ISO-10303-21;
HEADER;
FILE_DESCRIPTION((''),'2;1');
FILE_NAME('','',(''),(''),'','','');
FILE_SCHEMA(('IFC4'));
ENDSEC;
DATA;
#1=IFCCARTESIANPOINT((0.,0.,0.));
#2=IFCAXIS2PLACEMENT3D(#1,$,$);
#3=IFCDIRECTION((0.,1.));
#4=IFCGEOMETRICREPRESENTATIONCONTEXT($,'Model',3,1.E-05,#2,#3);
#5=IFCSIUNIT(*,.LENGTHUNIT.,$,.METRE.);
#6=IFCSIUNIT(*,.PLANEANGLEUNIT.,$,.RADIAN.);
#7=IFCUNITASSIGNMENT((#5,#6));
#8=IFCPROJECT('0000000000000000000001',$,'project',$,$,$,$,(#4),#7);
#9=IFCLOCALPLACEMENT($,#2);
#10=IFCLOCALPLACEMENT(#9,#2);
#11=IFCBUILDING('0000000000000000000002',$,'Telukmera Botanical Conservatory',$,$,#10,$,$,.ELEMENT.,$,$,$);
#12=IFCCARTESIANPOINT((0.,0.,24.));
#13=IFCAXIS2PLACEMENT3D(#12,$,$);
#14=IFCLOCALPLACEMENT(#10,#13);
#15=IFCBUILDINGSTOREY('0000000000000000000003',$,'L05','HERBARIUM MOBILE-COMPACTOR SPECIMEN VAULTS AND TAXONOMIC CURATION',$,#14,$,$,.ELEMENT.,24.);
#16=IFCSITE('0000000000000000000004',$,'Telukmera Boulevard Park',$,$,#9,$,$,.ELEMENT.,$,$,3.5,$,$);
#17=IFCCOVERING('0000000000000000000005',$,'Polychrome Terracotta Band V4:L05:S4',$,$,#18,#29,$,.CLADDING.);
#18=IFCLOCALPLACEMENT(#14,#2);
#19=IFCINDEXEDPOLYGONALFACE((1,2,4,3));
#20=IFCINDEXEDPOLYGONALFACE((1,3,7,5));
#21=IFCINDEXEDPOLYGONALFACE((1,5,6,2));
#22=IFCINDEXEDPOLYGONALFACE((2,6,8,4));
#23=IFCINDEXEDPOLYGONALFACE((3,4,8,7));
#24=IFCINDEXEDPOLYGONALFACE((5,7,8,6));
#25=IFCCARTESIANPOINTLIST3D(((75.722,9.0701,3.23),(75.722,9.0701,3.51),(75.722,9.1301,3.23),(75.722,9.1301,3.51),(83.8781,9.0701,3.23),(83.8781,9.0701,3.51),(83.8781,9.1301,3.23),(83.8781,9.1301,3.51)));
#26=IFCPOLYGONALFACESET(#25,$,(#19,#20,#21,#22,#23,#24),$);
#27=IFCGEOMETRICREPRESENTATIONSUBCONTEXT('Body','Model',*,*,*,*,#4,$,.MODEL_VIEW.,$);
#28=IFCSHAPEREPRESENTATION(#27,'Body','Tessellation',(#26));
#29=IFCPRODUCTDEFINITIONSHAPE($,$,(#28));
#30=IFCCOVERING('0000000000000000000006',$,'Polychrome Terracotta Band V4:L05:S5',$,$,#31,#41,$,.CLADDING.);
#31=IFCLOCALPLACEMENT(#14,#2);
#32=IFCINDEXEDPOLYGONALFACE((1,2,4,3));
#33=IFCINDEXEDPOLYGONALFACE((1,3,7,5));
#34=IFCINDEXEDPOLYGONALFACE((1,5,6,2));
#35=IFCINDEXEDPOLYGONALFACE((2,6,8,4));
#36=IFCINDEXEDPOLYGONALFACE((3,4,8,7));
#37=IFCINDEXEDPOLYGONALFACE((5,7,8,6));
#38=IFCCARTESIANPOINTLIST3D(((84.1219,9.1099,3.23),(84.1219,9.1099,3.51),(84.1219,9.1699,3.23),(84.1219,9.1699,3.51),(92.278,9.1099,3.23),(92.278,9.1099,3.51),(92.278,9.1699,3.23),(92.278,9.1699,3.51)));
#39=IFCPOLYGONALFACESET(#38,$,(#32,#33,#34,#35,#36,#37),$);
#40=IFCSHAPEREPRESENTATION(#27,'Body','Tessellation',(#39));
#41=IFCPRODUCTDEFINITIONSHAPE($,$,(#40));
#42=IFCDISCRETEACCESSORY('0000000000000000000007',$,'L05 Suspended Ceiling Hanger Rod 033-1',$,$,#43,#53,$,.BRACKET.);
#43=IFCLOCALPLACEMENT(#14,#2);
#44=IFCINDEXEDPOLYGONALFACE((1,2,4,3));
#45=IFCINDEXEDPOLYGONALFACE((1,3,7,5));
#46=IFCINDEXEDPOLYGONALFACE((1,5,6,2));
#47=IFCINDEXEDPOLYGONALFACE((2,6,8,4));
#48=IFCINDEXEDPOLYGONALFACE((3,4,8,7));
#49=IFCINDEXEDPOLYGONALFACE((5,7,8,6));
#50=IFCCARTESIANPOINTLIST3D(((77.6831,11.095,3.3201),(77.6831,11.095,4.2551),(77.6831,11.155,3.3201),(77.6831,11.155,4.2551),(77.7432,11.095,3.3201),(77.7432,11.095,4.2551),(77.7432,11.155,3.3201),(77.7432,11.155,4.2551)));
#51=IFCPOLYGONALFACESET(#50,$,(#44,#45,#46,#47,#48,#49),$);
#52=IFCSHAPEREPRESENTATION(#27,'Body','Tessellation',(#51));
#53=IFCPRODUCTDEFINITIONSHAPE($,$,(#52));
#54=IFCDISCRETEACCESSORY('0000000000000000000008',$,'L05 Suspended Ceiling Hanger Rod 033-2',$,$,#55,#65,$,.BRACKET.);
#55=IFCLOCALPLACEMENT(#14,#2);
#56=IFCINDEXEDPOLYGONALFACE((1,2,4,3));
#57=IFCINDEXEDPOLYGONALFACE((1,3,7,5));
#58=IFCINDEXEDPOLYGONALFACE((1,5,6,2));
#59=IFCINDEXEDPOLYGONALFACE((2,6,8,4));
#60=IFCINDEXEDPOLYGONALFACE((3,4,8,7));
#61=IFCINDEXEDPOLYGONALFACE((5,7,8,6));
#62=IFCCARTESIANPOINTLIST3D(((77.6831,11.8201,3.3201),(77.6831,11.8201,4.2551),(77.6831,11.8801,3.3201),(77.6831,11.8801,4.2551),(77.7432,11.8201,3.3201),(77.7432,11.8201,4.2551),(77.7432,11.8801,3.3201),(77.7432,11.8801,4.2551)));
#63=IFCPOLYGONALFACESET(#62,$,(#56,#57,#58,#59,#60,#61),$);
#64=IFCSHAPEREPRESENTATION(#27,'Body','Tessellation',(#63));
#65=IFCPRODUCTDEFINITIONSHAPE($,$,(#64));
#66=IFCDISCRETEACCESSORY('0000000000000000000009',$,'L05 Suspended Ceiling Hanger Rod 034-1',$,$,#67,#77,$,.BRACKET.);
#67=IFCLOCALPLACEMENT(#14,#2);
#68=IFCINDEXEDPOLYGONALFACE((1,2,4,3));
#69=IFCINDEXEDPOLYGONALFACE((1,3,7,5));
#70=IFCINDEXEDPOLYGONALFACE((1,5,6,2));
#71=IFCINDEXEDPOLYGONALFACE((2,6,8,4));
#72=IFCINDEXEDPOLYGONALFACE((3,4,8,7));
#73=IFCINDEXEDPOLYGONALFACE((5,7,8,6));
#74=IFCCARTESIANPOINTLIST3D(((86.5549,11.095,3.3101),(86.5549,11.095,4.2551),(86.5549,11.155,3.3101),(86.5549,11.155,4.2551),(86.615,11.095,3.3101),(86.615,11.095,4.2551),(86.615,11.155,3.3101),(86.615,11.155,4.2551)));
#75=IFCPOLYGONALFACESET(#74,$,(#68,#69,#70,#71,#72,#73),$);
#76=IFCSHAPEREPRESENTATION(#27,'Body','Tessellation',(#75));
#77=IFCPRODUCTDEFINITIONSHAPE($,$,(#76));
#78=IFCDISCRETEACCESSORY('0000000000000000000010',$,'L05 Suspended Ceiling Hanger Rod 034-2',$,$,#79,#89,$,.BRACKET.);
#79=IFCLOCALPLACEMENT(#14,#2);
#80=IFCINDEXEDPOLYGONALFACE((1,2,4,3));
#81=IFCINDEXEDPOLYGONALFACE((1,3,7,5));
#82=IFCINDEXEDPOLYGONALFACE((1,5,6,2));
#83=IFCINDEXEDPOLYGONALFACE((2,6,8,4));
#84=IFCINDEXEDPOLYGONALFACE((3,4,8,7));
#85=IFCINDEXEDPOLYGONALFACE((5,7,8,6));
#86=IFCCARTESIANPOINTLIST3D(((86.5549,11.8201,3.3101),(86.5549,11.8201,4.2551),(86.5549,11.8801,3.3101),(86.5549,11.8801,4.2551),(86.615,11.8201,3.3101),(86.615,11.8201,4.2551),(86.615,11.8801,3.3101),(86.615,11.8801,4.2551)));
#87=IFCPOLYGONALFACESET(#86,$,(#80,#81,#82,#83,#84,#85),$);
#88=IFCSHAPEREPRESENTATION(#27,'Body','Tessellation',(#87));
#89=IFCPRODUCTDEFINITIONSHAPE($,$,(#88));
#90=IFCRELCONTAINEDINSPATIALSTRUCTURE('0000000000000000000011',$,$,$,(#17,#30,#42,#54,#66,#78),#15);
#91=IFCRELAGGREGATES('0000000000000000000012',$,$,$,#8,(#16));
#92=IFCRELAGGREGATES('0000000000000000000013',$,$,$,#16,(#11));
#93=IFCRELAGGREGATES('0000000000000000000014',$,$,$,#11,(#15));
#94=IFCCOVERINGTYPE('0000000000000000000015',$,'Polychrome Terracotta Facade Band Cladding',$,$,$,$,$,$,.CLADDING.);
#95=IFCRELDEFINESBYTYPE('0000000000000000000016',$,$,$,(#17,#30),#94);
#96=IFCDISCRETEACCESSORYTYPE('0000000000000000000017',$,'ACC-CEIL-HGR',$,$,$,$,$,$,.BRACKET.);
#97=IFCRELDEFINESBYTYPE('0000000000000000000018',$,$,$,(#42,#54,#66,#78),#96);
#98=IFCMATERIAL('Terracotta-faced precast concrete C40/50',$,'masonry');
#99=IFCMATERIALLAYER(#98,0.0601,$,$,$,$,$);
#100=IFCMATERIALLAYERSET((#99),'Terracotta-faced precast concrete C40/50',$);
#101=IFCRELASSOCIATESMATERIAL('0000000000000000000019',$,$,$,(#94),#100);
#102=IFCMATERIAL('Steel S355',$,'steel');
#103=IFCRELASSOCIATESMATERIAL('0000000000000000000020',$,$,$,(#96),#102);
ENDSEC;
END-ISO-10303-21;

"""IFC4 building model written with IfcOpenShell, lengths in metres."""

from ifc_helpers import new_model, si_unit, direction, frame, origin, origin_2d, place, context, subcontext, project, spatial, rectangle, extrude, material, layer, layer_set, type_object, element, save


model = new_model("IFC4")

# Units and contexts
model_context = context("Model", 3, precision=1e-05, world=origin(), true_north=direction((0.0, 1.0)))
body_context = subcontext(model_context, "Body", "Model", "MODEL_VIEW")
ifc_project = project(units=[si_unit("LENGTHUNIT", "METRE"), si_unit("PLANEANGLEUNIT", "RADIAN")], contexts=[model_context])

# Site, building, storey
site_placement = place(None, origin())
site = spatial("IfcSite", under=ifc_project, at=site_placement, Name="Telukmera Boulevard Park", CompositionType="ELEMENT", RefElevation=3.5)
building_placement = place(site_placement, origin())
building = spatial("IfcBuilding", under=site, at=building_placement, Name="Telukmera Botanical Conservatory", CompositionType="ELEMENT")
storey_placement = place(building_placement, frame((0.0, 0.0, 24.0)))
storey = spatial("IfcBuildingStorey", under=building, at=storey_placement, Name="L05", Description="HERBARIUM MOBILE-COMPACTOR SPECIMEN VAULTS AND TAXONOMIC CURATION", CompositionType="ELEMENT", Elevation=24.0)

# Shared definitions
ifc_material_1 = material(Name="Terracotta-faced precast concrete C40/50", Category="masonry")

# Coverings
ifc_layer_1 = layer(ifc_material_1, 0.0601)
ifc_layer_set_1 = layer_set([ifc_layer_1], Name="Terracotta-faced precast concrete C40/50")
covering_type_1 = type_object("IfcCoveringType", Name="Polychrome Terracotta Facade Band Cladding", PredefinedType="CLADDING", material=ifc_layer_set_1)
for number, where, z_axis, x_axis, name in (
    (1, (79.8, 9.1001, 3.23), (0.0, 0.0, 1.0), (1.0, 0.0, 0.0), "Polychrome Terracotta Band V4:L05:S4"),
    (2, (88.2, 9.1399, 3.23), (0.0, 0.0, 1.0), (1.0, 0.0, 0.0), "Polychrome Terracotta Band V4:L05:S5"),
):
    element("IfcCovering", number, at=place(storey_placement, frame(where, z_axis=z_axis, x_axis=x_axis)), inside=storey, type_object=covering_type_1, Name=name, PredefinedType="CLADDING", context=body_context, shape_type="SweptSolid", body=[
        extrude(rectangle(XDim=8.156, YDim=0.0601, at=origin_2d()), origin(), (0.0, 0.0, 1.0), 0.28),
    ])

# Discrete accessories
ifc_material_2 = material(Name="Steel S355", Category="steel")
discrete_accessory_type = type_object("IfcDiscreteAccessoryType", Name="ACC-CEIL-HGR", PredefinedType="BRACKET", material=ifc_material_2)
for number, where, z_axis, x_axis, name in (
    (3, (77.7131, 11.125, 3.3201), (0.0, 0.0, 1.0), (1.0, 0.0, 0.0), "L05 Suspended Ceiling Hanger Rod 033-1"),
    (4, (77.7131, 11.8501, 3.3201), (0.0, 0.0, 1.0), (1.0, 0.0, 0.0), "L05 Suspended Ceiling Hanger Rod 033-2"),
):
    element("IfcDiscreteAccessory", number, at=place(storey_placement, frame(where, z_axis=z_axis, x_axis=x_axis)), inside=storey, type_object=discrete_accessory_type, Name=name, PredefinedType="BRACKET", context=body_context, shape_type="SweptSolid", body=[
        extrude(rectangle(XDim=0.0601, YDim=0.0601, at=origin_2d()), origin(), (0.0, 0.0, 1.0), 0.9351),
    ])
for number, where, z_axis, x_axis, name in (
    (5, (86.585, 11.125, 3.3101), (0.0, 0.0, 1.0), (1.0, 0.0, 0.0), "L05 Suspended Ceiling Hanger Rod 034-1"),
    (6, (86.585, 11.8501, 3.3101), (0.0, 0.0, 1.0), (1.0, 0.0, 0.0), "L05 Suspended Ceiling Hanger Rod 034-2"),
):
    element("IfcDiscreteAccessory", number, at=place(storey_placement, frame(where, z_axis=z_axis, x_axis=x_axis)), inside=storey, type_object=discrete_accessory_type, Name=name, PredefinedType="BRACKET", context=body_context, shape_type="SweptSolid", body=[
        extrude(rectangle(XDim=0.0601, YDim=0.0601, at=origin_2d()), origin(), (0.0, 0.0, 1.0), 0.9451),
    ])

save(model, "model.ifc")
